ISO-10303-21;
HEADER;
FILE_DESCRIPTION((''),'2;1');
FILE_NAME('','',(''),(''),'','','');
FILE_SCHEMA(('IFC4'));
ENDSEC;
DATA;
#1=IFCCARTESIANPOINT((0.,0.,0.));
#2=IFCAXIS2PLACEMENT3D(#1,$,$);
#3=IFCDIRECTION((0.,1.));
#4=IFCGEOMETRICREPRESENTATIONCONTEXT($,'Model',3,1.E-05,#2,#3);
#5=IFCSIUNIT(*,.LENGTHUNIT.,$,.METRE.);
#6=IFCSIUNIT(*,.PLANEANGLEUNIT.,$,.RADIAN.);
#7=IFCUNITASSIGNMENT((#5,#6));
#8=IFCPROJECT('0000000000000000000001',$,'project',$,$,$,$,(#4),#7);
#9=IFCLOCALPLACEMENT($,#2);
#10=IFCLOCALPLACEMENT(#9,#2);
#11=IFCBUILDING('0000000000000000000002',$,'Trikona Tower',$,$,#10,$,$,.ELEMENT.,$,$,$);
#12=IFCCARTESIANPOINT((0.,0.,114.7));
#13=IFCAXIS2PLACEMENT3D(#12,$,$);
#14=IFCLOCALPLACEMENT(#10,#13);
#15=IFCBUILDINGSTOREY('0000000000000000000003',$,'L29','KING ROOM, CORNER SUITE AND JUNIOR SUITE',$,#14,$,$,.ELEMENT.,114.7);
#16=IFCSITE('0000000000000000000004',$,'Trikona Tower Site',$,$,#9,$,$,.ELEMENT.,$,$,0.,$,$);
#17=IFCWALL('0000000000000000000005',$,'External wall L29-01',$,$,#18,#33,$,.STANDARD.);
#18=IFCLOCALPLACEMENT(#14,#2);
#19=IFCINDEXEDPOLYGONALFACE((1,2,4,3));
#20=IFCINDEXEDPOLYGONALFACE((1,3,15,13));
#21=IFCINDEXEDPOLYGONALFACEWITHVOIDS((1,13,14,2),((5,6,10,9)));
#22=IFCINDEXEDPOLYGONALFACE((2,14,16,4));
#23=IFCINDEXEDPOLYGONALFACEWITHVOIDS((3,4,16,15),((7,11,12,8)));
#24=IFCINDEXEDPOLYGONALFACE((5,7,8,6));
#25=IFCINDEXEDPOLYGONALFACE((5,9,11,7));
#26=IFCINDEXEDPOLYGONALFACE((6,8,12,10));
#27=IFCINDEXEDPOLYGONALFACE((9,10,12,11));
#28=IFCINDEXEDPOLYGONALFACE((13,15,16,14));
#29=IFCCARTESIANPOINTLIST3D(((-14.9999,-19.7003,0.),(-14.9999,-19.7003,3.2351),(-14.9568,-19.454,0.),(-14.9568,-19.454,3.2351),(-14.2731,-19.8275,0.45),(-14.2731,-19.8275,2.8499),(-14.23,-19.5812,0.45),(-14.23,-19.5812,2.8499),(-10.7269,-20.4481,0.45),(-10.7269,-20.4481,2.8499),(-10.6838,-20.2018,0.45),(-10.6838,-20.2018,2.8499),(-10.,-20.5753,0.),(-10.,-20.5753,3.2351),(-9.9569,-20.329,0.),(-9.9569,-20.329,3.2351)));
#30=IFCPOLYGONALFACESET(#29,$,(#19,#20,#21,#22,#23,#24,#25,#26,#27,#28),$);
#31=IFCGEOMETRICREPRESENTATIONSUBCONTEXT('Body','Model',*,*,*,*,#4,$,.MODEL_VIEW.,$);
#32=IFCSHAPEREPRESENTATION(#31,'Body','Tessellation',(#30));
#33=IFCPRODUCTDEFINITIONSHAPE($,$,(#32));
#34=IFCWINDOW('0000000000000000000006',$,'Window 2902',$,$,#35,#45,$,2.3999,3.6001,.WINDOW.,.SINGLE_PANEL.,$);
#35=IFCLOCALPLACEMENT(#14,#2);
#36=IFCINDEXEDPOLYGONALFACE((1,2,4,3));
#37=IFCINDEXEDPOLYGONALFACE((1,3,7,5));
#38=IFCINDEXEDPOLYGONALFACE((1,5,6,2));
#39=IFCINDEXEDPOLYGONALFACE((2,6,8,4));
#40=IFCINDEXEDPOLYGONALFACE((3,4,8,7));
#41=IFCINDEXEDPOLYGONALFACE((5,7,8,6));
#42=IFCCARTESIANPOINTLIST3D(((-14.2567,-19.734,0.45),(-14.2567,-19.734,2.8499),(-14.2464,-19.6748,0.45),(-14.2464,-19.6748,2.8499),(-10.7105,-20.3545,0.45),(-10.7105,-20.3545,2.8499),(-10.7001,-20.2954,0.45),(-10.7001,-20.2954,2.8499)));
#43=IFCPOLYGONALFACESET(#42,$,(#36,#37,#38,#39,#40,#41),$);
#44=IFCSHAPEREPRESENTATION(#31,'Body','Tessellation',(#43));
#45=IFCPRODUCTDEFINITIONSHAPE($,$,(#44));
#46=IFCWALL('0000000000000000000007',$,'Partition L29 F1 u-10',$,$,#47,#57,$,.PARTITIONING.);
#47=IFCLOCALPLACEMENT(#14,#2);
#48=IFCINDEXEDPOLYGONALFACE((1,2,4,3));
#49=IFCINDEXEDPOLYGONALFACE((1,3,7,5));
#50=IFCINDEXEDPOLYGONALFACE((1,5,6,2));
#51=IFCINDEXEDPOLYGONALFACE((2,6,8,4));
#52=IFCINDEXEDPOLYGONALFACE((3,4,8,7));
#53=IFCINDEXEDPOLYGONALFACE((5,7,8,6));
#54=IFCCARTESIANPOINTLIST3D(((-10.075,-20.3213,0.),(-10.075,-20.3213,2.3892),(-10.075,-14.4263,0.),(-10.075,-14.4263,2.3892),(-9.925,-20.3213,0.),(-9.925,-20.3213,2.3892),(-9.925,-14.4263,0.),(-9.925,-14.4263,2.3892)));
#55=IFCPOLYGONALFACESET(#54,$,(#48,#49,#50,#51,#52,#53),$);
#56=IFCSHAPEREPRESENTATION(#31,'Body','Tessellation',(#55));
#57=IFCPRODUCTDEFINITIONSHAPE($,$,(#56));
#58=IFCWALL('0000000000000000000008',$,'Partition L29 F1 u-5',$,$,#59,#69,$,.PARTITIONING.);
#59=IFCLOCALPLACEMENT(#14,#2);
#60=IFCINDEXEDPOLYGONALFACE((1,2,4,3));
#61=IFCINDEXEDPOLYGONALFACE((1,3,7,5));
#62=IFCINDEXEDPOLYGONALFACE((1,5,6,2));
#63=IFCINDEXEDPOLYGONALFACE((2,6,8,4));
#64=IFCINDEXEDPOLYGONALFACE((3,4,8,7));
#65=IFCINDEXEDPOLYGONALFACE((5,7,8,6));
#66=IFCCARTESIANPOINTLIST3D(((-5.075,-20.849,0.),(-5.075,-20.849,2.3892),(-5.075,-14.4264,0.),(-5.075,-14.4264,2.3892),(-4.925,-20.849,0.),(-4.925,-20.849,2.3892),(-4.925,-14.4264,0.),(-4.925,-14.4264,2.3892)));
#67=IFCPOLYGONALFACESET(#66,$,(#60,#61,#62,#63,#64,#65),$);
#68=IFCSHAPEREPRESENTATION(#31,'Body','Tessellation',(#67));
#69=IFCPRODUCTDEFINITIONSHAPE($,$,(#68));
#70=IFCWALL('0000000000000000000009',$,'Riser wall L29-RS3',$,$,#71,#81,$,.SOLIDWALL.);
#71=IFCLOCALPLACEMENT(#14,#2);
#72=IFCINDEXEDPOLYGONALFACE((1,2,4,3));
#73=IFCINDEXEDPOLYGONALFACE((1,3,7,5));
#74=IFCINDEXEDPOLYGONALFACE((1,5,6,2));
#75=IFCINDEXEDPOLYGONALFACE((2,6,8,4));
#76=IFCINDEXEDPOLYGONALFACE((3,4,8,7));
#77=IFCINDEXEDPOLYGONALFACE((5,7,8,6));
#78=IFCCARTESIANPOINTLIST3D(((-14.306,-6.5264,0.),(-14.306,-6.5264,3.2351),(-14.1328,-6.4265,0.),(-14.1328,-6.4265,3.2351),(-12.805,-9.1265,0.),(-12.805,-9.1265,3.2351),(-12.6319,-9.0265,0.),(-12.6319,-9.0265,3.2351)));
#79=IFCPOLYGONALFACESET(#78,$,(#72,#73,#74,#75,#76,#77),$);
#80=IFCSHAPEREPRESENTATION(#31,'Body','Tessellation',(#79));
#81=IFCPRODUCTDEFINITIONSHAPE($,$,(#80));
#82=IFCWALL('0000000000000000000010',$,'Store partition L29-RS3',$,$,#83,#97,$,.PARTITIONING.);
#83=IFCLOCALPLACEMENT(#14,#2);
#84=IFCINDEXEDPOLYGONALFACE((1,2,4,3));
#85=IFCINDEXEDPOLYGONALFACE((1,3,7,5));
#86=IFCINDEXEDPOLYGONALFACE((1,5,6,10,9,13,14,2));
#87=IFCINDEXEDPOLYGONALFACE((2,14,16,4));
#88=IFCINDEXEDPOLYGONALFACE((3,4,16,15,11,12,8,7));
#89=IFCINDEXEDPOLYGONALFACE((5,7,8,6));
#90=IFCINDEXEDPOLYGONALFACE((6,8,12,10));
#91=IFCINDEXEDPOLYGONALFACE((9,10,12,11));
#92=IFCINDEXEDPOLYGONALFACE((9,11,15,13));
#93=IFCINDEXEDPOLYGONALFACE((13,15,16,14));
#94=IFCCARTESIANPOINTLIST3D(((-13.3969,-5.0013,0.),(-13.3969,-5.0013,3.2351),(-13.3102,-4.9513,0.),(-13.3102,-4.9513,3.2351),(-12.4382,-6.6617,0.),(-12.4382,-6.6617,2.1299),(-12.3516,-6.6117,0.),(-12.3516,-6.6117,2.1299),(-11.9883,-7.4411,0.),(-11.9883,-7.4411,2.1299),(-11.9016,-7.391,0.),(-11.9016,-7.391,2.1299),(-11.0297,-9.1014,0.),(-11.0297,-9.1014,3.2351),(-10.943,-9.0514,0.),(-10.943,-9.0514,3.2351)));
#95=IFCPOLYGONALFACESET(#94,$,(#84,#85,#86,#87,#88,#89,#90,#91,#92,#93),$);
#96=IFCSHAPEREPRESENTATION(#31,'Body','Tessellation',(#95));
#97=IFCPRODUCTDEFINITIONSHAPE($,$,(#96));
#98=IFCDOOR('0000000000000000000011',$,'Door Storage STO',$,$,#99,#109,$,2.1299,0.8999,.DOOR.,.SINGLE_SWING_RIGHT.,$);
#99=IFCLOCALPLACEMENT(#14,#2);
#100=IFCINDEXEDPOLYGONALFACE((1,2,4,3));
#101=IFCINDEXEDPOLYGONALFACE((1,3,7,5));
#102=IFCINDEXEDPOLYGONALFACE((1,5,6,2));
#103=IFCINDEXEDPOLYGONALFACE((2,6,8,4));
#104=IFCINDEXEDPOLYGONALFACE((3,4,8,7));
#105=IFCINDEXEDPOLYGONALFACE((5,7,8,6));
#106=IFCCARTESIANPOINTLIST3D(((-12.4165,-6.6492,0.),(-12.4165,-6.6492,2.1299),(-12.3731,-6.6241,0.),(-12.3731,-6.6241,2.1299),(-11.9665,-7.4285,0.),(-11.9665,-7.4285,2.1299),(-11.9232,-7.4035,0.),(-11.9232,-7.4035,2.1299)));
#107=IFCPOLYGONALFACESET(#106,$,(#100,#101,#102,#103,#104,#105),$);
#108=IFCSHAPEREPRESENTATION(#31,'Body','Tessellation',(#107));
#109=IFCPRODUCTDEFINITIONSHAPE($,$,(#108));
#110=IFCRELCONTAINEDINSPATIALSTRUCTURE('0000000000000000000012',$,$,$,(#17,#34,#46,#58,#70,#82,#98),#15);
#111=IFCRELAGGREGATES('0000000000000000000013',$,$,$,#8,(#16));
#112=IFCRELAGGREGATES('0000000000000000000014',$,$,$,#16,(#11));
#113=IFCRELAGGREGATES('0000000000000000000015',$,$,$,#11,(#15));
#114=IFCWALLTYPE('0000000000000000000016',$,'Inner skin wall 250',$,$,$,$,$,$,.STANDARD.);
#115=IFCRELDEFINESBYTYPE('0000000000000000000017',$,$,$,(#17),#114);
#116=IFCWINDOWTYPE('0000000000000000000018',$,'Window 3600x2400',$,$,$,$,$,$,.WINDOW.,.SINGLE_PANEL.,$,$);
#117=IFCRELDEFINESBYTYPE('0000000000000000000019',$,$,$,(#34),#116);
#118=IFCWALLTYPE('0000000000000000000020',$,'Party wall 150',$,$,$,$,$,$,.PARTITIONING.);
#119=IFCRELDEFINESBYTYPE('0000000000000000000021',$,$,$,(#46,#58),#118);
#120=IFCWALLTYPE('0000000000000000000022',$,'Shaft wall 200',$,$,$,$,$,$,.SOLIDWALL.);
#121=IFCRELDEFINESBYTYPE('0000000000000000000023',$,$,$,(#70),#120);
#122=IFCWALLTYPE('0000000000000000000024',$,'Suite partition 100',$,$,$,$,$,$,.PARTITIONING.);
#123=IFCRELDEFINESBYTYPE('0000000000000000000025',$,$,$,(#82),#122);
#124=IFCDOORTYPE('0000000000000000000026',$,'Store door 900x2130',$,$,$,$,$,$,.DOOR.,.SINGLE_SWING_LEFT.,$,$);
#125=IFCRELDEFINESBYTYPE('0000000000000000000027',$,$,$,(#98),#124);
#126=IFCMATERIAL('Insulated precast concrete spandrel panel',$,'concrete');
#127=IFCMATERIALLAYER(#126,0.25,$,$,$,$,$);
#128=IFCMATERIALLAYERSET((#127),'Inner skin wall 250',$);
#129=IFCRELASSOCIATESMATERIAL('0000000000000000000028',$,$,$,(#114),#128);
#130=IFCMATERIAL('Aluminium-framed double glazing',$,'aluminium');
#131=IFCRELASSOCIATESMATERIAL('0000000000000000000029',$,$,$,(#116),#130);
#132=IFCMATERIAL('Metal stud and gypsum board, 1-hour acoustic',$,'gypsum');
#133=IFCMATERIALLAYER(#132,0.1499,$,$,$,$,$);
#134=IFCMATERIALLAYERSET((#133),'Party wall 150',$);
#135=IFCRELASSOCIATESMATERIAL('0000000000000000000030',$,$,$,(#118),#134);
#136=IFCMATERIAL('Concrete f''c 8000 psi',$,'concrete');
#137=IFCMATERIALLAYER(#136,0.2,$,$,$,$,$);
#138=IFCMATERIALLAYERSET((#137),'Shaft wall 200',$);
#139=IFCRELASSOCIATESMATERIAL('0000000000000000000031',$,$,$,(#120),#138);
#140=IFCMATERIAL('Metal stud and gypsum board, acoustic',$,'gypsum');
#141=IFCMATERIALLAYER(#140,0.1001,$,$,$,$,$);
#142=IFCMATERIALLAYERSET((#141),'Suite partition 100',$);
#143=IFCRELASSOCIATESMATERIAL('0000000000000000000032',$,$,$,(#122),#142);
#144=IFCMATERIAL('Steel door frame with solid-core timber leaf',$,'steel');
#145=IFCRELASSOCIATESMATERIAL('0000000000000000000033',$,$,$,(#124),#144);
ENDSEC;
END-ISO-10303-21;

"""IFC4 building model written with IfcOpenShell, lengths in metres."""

from ifc_helpers import new_model, si_unit, direction, frame, frame_2d, origin, place, context, subcontext, project, spatial, rectangle, extrude, material, layer, layer_set, type_object, element, fill, save


model = new_model("IFC4")

# Units and contexts
model_context = context("Model", 3, precision=1e-05, world=origin(), true_north=direction((0.0, 1.0)))
body_context = subcontext(model_context, "Body", "Model", "MODEL_VIEW")
ifc_project = project(units=[si_unit("LENGTHUNIT", "METRE"), si_unit("PLANEANGLEUNIT", "RADIAN")], contexts=[model_context])

# Site, building, storey
site_placement = place(None, origin())
site = spatial("IfcSite", under=ifc_project, at=site_placement, Name="Trikona Tower Site", CompositionType="ELEMENT", RefElevation=0.0)
building_placement = place(site_placement, origin())
building = spatial("IfcBuilding", under=site, at=building_placement, Name="Trikona Tower", CompositionType="ELEMENT")
storey_placement = place(building_placement, frame((0.0, 0.0, 114.7)))
storey = spatial("IfcBuildingStorey", under=building, at=storey_placement, Name="L29", Description="KING ROOM, CORNER SUITE AND JUNIOR SUITE", CompositionType="ELEMENT", Elevation=114.7)

# Wall, opening, window
ifc_material_1 = material(Name="Insulated precast concrete spandrel panel", Category="concrete")
ifc_layer_1 = layer(ifc_material_1, 0.25)
ifc_layer_set_1 = layer_set([ifc_layer_1], Name="Inner skin wall 250")
wall_type_1 = type_object("IfcWallType", Name="Inner skin wall 250", PredefinedType="STANDARD", material=ifc_layer_set_1)
wall_1_placement = place(storey_placement, frame((-14.9785, -19.5771, 0.0), z_axis=(0.0, 0.0, 1.0), x_axis=(0.98503, -0.17238, 0.0)))
wall_1 = element("IfcWall", 1, at=wall_1_placement, inside=storey, type_object=wall_type_1, Name="External wall L29-01", PredefinedType="STANDARD", context=body_context, shape_type="SweptSolid", body=[
    extrude(rectangle(XDim=5.0759, YDim=0.25, at=frame_2d((2.5381, 0.0))), origin(), (0.0, 0.0, 1.0), 3.2351),
])
opening_1_placement = place(wall_1_placement, frame((0.738, 0.0, 0.45)))
opening_1 = element("IfcOpeningElement", 2, at=opening_1_placement, cuts=wall_1, PredefinedType="OPENING", context=body_context, shape_type="SweptSolid", body=[
    extrude(rectangle(XDim=3.6001, YDim=2.3999, at=frame_2d((1.8, 1.2))), frame((0.0, 0.135, 0.0), z_axis=(0.0, -1.0, 0.0), x_axis=(1.0, 0.0, 0.0)), (0.0, 0.0, 1.0), 0.27),
])
ifc_material_2 = material(Name="Aluminium-framed double glazing", Category="aluminium")
window_type = type_object("IfcWindowType", Name="Window 3600x2400", PartitioningType="SINGLE_PANEL", PredefinedType="WINDOW", material=ifc_material_2)
window_placement = place(opening_1_placement, origin())
window = element("IfcWindow", 3, at=window_placement, inside=storey, type_object=window_type, Name="Window 2902", OverallHeight=2.3999, OverallWidth=3.6001, PartitioningType="SINGLE_PANEL", PredefinedType="WINDOW", context=body_context, shape_type="SweptSolid", body=[
    extrude(rectangle(XDim=3.6001, YDim=2.3999, at=frame_2d((1.8, 1.2))), frame((0.0, 0.03, 0.0), z_axis=(0.0, -1.0, 0.0), x_axis=(1.0, 0.0, 0.0)), (0.0, 0.0, 1.0), 0.0601),
])
fill(opening_1, window)

# Walls
ifc_material_3 = material(Name="Metal stud and gypsum board, 1-hour acoustic", Category="gypsum")
ifc_layer_2 = layer(ifc_material_3, 0.1499)
ifc_layer_set_2 = layer_set([ifc_layer_2], Name="Party wall 150")
wall_type_2 = type_object("IfcWallType", Name="Party wall 150", PredefinedType="PARTITIONING", material=ifc_layer_set_2)
wall_2_placement = place(storey_placement, frame((-10.0, -14.4263, 0.0), z_axis=(0.0, 0.0, 1.0), x_axis=(0.0, -1.0, 0.0)))
element("IfcWall", 4, at=wall_2_placement, inside=storey, type_object=wall_type_2, Name="Partition L29 F1 u-10", PredefinedType="PARTITIONING", context=body_context, shape_type="SweptSolid", body=[
    extrude(rectangle(XDim=5.895, YDim=0.1499, at=frame_2d((2.9475, 0.0))), origin(), (0.0, 0.0, 1.0), 2.3892),
])
wall_3_placement = place(storey_placement, frame((-5.0, -14.4263, 0.0), z_axis=(0.0, 0.0, 1.0), x_axis=(0.0, -1.0, 0.0)))
element("IfcWall", 5, at=wall_3_placement, inside=storey, type_object=wall_type_2, Name="Partition L29 F1 u-5", PredefinedType="PARTITIONING", context=body_context, shape_type="SweptSolid", body=[
    extrude(rectangle(XDim=6.4226, YDim=0.1499, at=frame_2d((3.2114, 0.0))), origin(), (0.0, 0.0, 1.0), 2.3892),
])
ifc_material_4 = material(Name="Concrete f'c 8000 psi", Category="concrete")
ifc_layer_3 = layer(ifc_material_4, 0.2)
ifc_layer_set_3 = layer_set([ifc_layer_3], Name="Shaft wall 200")
wall_type_3 = type_object("IfcWallType", Name="Shaft wall 200", PredefinedType="SOLIDWALL", material=ifc_layer_set_3)
wall_4_placement = place(storey_placement, frame((-12.7185, -9.0764, 0.0), z_axis=(0.0, 0.0, 1.0), x_axis=(-0.499952, 0.866053, 0.0)))
element("IfcWall", 6, at=wall_4_placement, inside=storey, type_object=wall_type_3, Name="Riser wall L29-RS3", PredefinedType="SOLIDWALL", context=body_context, shape_type="SweptSolid", body=[
    extrude(rectangle(XDim=3.0022, YDim=0.2, at=frame_2d((1.501, 0.0))), origin(), (0.0, 0.0, 1.0), 3.2351),
])

# Wall, opening, door
ifc_material_5 = material(Name="Metal stud and gypsum board, acoustic", Category="gypsum")
ifc_layer_4 = layer(ifc_material_5, 0.1001)
ifc_layer_set_4 = layer_set([ifc_layer_4], Name="Suite partition 100")
wall_type_4 = type_object("IfcWallType", Name="Suite partition 100", PredefinedType="PARTITIONING", material=ifc_layer_set_4)
wall_5_placement = place(storey_placement, frame((-10.9863, -9.0764, 0.0), z_axis=(0.0, 0.0, 1.0), x_axis=(-0.499999, 0.866026, 0.0)))
wall_5 = element("IfcWall", 7, at=wall_5_placement, inside=storey, type_object=wall_type_4, Name="Store partition L29-RS3", PredefinedType="PARTITIONING", context=body_context, shape_type="SweptSolid", body=[
    extrude(rectangle(XDim=4.7344, YDim=0.1001, at=frame_2d((2.3672, 0.0))), origin(), (0.0, 0.0, 1.0), 3.2351),
])
opening_2_placement = place(wall_5_placement, frame((1.9172, 0.0, 0.0)))
opening_2 = element("IfcOpeningElement", 8, at=opening_2_placement, cuts=wall_5, PredefinedType="OPENING", context=body_context, shape_type="SweptSolid", body=[
    extrude(rectangle(XDim=0.8999, YDim=2.1299, at=frame_2d((0.45, 1.0649))), frame((0.0, 0.0601, 0.0), z_axis=(0.0, -1.0, 0.0), x_axis=(1.0, 0.0, 0.0)), (0.0, 0.0, 1.0), 0.1201),
])
ifc_material_6 = material(Name="Steel door frame with solid-core timber leaf", Category="steel")
door_type_1 = type_object("IfcDoorType", Name="Store door 900x2130", OperationType="SINGLE_SWING_LEFT", PredefinedType="DOOR", material=ifc_material_6)
door_1_placement = place(opening_2_placement, origin())
door_1 = element("IfcDoor", 9, at=door_1_placement, inside=storey, type_object=door_type_1, Name="Door Storage STO", OperationType="SINGLE_SWING_RIGHT", OverallHeight=2.1299, OverallWidth=0.8999, PredefinedType="DOOR", context=body_context, shape_type="SweptSolid", body=[
    extrude(rectangle(XDim=0.8999, YDim=2.1299, at=frame_2d((0.45, 1.0649))), frame((0.0, 0.0249, 0.0), z_axis=(0.0, -1.0, 0.0), x_axis=(1.0, 0.0, 0.0)), (0.0, 0.0, 1.0), 0.05),
])
fill(opening_2, door_1)

save(model, "model.ifc")
